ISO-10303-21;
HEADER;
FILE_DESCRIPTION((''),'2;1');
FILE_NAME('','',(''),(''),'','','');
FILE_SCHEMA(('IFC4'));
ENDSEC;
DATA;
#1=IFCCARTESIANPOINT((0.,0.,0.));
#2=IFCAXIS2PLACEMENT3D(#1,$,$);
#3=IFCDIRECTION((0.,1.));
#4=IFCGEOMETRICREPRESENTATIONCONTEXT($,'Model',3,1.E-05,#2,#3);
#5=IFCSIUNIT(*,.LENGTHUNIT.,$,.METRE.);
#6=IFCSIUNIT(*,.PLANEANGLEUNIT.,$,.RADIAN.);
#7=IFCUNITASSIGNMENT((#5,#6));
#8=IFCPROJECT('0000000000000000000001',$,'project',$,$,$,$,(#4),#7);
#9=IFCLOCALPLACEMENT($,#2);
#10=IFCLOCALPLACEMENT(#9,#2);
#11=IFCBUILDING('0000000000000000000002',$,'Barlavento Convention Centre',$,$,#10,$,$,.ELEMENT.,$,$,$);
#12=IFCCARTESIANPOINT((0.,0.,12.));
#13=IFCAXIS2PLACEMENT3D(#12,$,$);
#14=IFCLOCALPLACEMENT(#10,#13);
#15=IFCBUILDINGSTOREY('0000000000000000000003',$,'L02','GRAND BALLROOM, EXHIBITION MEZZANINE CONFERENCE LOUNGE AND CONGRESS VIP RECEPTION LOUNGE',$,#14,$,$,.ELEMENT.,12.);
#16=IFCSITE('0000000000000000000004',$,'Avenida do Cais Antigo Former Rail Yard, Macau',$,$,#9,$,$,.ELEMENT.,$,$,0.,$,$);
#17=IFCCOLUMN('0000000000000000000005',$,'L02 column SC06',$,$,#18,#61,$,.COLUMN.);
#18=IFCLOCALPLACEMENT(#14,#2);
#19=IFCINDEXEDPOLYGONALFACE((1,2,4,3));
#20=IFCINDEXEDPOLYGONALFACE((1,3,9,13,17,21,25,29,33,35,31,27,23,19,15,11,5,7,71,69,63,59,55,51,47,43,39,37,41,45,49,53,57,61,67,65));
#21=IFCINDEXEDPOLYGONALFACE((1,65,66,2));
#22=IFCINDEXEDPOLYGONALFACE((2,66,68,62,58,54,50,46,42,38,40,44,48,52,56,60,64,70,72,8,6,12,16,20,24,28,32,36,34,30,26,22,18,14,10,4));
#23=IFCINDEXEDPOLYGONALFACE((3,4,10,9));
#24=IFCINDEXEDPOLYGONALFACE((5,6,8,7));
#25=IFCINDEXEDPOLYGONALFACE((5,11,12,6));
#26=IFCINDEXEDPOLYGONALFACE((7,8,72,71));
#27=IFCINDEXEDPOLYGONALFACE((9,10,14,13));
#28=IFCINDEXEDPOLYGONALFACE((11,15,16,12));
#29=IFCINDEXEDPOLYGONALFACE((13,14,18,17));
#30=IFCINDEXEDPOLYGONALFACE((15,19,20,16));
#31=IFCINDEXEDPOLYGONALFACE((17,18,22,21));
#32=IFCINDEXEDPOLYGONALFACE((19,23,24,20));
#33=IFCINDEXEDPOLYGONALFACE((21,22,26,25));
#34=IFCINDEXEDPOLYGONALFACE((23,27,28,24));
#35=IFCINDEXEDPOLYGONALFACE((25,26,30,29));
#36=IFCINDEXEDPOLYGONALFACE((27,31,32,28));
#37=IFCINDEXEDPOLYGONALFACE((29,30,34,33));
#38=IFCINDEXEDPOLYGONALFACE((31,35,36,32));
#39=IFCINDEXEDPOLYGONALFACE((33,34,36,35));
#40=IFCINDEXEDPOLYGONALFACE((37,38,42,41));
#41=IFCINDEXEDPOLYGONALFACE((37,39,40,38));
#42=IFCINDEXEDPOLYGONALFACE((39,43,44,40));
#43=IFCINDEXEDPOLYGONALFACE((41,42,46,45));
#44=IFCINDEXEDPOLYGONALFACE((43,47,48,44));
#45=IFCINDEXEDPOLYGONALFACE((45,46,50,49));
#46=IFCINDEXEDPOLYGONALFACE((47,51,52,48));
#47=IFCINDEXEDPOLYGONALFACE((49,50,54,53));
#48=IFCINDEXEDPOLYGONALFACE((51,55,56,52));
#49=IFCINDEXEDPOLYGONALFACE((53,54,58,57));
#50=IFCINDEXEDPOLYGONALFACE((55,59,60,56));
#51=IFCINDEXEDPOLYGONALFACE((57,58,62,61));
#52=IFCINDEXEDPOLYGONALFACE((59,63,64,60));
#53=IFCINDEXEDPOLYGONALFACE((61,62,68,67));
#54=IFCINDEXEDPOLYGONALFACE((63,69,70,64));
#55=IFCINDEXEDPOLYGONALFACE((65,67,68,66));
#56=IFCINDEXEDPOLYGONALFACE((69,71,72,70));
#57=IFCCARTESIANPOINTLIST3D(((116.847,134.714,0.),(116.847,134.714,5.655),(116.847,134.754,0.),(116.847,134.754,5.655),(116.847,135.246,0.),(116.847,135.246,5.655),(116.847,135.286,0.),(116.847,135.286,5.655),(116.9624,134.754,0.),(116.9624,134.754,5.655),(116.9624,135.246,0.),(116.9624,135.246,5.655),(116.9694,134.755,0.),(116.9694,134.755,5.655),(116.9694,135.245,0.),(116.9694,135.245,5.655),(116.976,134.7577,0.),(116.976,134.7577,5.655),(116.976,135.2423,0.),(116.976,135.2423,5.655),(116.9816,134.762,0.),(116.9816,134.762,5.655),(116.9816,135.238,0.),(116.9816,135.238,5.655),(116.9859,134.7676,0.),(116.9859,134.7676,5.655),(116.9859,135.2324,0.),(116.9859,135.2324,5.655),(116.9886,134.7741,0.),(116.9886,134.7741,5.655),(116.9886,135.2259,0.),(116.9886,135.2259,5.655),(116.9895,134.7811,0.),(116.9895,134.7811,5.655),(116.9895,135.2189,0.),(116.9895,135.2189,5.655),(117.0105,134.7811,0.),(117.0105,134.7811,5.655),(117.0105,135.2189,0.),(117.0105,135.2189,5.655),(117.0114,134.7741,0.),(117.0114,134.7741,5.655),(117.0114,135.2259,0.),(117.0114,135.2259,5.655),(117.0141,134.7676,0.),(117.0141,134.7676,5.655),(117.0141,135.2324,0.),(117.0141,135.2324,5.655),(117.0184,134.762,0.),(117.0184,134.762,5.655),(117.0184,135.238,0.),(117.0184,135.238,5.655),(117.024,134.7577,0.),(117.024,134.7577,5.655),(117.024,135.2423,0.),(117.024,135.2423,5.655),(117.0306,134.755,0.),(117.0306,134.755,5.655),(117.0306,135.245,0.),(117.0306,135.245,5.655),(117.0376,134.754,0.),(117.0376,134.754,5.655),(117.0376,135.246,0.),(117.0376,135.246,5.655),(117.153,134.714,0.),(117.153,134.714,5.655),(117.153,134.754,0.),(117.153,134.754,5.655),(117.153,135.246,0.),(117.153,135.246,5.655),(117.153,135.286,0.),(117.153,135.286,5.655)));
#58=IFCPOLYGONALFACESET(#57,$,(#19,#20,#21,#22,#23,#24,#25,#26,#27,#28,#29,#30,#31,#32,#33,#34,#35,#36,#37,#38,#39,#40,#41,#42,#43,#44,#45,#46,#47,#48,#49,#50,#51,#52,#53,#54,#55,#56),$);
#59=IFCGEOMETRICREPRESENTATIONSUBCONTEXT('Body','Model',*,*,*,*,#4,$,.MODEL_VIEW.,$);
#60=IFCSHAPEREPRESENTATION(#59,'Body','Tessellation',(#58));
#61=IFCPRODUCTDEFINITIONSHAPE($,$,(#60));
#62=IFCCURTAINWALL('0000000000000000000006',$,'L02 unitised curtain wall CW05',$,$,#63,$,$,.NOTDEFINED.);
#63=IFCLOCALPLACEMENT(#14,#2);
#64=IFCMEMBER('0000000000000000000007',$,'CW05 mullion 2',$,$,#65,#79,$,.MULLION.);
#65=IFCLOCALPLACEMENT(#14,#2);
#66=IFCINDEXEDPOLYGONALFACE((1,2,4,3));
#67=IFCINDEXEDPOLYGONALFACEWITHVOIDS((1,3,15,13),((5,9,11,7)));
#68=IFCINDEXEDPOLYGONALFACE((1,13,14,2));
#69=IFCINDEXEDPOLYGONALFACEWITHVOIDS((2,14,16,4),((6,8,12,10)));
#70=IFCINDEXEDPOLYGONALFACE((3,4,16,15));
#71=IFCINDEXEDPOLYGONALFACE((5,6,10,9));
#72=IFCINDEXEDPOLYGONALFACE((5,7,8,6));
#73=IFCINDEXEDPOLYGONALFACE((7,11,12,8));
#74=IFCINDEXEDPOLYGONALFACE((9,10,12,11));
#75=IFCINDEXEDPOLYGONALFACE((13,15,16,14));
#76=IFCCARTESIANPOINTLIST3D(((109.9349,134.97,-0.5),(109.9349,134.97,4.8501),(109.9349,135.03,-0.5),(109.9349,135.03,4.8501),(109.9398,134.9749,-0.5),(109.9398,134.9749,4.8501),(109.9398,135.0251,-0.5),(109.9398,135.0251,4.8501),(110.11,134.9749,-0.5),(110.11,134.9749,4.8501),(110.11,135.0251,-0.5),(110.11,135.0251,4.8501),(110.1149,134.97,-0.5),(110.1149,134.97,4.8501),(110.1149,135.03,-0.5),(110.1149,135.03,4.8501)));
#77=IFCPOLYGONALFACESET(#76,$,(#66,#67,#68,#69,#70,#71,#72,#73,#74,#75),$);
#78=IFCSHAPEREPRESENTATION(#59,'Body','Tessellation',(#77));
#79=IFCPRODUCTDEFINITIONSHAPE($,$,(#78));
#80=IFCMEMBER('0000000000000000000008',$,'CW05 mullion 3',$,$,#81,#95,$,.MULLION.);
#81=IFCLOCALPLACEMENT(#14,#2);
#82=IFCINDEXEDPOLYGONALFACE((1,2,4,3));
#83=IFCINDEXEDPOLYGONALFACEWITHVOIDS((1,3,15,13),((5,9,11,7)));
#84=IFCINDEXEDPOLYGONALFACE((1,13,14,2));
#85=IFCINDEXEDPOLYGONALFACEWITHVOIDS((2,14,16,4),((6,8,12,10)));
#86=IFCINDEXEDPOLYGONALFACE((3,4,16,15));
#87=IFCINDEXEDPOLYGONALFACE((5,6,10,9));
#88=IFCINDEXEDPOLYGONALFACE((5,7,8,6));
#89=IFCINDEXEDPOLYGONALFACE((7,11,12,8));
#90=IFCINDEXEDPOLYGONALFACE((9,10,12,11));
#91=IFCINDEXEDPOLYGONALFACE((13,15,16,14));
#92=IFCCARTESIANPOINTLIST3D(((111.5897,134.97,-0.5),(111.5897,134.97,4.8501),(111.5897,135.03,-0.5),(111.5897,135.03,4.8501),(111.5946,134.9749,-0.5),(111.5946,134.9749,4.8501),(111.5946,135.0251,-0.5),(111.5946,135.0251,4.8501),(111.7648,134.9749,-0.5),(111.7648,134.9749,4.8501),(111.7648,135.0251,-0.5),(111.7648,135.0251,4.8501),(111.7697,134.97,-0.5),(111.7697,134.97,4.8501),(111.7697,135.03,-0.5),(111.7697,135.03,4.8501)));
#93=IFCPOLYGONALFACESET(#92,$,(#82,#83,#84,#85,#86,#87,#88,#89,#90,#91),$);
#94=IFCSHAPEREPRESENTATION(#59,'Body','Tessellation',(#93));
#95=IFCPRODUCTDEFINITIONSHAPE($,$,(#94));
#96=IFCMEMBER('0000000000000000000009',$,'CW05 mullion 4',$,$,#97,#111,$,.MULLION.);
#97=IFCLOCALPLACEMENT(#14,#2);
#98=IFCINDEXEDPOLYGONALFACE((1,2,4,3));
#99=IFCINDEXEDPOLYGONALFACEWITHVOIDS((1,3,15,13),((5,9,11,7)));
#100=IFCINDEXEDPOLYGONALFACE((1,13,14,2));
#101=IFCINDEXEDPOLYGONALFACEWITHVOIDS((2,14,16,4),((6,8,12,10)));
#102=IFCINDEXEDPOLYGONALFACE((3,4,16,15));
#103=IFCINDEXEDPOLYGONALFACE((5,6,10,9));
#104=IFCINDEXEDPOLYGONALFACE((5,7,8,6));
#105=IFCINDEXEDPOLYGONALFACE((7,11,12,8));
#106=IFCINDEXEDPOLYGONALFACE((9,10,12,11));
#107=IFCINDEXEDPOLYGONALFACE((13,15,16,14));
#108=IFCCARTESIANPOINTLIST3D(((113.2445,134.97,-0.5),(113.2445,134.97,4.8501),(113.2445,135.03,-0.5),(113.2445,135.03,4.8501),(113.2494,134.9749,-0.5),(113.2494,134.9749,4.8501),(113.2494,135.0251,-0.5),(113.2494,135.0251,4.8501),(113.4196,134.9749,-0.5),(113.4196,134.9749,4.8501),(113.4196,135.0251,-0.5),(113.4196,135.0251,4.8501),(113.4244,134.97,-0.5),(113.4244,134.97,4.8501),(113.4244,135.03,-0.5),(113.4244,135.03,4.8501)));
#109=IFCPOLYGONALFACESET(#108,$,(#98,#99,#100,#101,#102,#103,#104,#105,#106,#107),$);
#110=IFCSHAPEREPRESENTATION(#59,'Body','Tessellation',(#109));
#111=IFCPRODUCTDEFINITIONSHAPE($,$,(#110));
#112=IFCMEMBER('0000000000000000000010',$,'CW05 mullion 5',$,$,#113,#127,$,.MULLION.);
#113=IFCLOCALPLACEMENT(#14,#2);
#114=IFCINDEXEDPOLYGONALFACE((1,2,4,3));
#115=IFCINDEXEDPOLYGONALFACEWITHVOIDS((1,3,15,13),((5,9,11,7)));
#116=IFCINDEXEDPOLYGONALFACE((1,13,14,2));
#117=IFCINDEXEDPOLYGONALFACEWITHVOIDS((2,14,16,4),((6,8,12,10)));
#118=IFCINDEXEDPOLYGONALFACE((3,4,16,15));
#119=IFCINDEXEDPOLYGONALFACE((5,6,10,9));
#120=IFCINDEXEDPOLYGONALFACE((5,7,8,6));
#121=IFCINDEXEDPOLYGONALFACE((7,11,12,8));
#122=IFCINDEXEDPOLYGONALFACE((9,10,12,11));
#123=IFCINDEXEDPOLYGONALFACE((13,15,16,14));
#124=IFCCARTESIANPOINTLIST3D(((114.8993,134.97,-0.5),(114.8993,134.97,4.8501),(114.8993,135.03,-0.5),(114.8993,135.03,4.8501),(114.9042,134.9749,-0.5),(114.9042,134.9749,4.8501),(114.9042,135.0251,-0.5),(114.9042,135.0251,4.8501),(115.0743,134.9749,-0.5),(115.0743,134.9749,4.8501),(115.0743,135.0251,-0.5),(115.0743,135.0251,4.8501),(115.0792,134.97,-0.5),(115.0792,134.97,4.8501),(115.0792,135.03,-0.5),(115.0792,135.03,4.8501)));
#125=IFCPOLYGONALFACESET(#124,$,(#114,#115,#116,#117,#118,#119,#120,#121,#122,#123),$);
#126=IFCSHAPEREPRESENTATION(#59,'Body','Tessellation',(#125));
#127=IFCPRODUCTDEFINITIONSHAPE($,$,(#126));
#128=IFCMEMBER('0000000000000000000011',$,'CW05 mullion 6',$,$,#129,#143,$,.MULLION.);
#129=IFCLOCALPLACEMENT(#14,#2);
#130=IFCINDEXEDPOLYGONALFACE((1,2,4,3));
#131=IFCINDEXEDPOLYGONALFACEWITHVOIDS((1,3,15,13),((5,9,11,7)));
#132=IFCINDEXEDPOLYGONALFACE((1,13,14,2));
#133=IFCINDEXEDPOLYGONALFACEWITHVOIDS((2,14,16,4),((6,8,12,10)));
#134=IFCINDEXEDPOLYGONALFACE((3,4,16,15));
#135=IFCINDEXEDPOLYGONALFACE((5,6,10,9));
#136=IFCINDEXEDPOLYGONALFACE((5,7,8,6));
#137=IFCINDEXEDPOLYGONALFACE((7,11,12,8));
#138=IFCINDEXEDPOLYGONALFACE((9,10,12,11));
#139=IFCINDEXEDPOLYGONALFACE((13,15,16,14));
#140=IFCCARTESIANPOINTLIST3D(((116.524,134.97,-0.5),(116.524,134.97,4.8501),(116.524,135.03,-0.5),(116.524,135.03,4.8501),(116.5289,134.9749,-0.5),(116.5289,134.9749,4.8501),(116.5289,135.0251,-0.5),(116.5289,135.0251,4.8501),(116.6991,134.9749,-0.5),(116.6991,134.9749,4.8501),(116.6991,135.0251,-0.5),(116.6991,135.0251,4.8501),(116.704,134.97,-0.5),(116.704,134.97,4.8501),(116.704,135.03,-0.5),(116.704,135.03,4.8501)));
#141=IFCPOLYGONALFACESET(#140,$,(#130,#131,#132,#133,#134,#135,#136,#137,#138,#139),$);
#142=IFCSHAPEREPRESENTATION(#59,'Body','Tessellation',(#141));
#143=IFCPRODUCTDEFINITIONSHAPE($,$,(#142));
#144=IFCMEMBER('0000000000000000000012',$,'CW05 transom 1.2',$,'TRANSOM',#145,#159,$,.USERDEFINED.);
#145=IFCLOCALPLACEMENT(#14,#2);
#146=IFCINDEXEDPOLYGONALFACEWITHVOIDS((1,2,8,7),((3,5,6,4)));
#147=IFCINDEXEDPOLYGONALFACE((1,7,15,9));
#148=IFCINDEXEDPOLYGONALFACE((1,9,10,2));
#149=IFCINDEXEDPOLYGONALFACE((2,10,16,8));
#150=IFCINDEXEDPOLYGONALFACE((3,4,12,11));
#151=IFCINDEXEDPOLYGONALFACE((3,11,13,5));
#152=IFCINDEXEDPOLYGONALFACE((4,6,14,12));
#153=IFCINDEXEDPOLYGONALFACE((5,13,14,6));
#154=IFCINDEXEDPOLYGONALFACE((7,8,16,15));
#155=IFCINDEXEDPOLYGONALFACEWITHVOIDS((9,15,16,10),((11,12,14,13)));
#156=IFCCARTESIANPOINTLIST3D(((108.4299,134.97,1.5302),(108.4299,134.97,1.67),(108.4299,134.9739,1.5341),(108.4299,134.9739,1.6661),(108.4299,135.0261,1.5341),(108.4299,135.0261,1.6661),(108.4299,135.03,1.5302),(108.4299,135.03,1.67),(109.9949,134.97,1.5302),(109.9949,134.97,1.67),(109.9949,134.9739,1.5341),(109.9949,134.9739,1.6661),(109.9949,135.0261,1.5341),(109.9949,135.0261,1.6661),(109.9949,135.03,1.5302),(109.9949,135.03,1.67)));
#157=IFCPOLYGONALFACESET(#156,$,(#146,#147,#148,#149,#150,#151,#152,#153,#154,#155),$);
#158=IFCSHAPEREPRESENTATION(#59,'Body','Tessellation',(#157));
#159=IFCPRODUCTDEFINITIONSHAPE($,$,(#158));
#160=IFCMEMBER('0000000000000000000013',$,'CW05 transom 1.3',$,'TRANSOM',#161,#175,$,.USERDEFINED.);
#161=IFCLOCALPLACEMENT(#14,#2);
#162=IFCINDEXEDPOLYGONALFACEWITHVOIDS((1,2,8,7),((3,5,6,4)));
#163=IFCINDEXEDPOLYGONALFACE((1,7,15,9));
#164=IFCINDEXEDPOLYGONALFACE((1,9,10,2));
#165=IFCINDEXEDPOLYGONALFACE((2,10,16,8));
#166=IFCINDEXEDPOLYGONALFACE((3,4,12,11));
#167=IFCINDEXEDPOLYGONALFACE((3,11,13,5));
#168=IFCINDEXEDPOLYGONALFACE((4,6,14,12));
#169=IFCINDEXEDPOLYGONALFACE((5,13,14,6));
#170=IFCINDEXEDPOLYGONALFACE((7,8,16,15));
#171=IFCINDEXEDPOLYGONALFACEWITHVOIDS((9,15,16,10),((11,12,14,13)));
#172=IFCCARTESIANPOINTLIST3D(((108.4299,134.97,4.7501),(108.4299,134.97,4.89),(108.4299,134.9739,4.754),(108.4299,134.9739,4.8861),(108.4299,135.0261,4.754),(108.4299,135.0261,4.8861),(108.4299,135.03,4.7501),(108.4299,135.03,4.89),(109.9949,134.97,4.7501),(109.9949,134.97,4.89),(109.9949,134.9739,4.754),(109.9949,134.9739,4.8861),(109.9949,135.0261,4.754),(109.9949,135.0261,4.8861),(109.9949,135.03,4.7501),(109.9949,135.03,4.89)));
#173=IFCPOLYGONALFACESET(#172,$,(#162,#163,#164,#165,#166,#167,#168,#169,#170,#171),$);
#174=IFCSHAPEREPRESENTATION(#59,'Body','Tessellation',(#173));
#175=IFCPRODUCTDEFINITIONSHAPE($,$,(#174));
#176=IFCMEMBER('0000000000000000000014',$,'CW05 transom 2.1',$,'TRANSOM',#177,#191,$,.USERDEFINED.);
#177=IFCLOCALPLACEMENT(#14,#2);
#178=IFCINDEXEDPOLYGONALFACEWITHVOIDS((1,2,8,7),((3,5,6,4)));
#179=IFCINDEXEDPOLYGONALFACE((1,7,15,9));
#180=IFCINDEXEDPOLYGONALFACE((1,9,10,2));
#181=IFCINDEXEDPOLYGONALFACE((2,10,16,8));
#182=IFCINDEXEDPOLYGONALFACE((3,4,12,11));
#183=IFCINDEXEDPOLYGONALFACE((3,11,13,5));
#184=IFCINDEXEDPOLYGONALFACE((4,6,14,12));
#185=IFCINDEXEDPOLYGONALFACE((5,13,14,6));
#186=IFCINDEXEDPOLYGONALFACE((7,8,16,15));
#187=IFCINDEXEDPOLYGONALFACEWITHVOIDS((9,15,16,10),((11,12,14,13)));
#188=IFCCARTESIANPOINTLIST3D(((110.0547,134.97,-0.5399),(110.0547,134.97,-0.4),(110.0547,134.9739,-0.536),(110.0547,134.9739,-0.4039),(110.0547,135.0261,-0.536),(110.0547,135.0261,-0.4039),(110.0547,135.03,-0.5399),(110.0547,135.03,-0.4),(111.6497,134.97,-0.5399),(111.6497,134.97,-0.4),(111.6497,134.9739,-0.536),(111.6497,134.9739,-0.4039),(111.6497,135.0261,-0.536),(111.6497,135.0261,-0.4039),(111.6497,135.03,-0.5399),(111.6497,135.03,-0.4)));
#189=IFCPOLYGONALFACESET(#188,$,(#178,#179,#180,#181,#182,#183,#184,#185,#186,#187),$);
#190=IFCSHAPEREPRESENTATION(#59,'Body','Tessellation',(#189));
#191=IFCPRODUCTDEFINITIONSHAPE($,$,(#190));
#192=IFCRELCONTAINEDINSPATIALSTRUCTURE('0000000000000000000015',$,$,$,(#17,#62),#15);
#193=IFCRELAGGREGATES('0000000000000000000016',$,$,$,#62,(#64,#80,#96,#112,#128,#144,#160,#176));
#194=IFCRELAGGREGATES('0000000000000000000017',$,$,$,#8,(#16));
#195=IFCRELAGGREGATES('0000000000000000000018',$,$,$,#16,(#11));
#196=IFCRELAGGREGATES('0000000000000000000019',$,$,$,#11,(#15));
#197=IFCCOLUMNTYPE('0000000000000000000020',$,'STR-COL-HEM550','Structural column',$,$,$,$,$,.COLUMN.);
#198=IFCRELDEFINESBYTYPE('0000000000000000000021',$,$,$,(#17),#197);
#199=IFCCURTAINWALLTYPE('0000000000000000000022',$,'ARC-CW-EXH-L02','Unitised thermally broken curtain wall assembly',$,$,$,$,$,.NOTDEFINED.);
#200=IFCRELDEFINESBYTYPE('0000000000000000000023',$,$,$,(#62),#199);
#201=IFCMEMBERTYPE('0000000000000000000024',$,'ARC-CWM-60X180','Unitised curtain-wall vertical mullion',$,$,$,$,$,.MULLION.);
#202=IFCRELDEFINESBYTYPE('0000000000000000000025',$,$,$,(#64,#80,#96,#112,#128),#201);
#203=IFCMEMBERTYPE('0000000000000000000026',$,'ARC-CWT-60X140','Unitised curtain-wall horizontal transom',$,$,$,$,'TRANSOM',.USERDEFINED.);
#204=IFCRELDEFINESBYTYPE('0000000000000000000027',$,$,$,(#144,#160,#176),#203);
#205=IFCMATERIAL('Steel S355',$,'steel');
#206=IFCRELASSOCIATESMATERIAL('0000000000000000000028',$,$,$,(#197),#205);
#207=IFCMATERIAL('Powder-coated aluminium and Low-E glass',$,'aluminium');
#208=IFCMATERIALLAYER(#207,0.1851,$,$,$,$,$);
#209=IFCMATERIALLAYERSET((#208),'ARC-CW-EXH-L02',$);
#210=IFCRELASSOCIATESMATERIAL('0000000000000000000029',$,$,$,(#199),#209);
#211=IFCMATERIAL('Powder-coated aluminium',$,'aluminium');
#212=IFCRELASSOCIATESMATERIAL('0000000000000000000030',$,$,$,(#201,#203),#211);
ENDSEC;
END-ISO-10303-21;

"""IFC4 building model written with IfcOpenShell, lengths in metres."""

from ifc_helpers import new_model, si_unit, direction, frame, origin, origin_2d, place, context, subcontext, project, spatial, hollow_rectangle, i_section, extrude, material, layer, layer_set, material_profile, profile_set, type_object, element, aggregate, save


model = new_model("IFC4")

# Units and contexts
model_context = context("Model", 3, precision=1e-05, world=origin(), true_north=direction((0.0, 1.0)))
body_context = subcontext(model_context, "Body", "Model", "MODEL_VIEW")
ifc_project = project(units=[si_unit("LENGTHUNIT", "METRE"), si_unit("PLANEANGLEUNIT", "RADIAN")], contexts=[model_context])

# Site, building, storey
site_placement = place(None, origin())
site = spatial("IfcSite", under=ifc_project, at=site_placement, Name="Avenida do Cais Antigo Former Rail Yard, Macau", CompositionType="ELEMENT", RefElevation=0.0)
building_placement = place(site_placement, origin())
building = spatial("IfcBuilding", under=site, at=building_placement, Name="Barlavento Convention Centre", CompositionType="ELEMENT")
storey_placement = place(building_placement, frame((0.0, 0.0, 12.0)))
storey = spatial("IfcBuildingStorey", under=building, at=storey_placement, Name="L02", Description="GRAND BALLROOM, EXHIBITION MEZZANINE CONFERENCE LOUNGE AND CONGRESS VIP RECEPTION LOUNGE", CompositionType="ELEMENT", Elevation=12.0)

# Column
ifc_material_1 = material(Name="Steel S355", Category="steel")
ifc_material_profile_1 = material_profile(ifc_material_1, i_section(OverallWidth=0.3059, OverallDepth=0.572, WebThickness=0.021, FlangeThickness=0.04, FilletRadius=0.0271, at=origin_2d()), Name="HEM 550")
ifc_profile_set_1 = profile_set([ifc_material_profile_1], Name="Steel S355")
column_type = type_object("IfcColumnType", Name="STR-COL-HEM550", Description="Structural column", PredefinedType="COLUMN", material=ifc_profile_set_1)
column_placement = place(storey_placement, frame((117.0, 135.0, 0.0), z_axis=(0.0, 0.0, 1.0), x_axis=(1.0, 0.0, 0.0)))
element("IfcColumn", 1, at=column_placement, inside=storey, type_object=column_type, Name="L02 column SC06", PredefinedType="COLUMN", context=body_context, shape_type="SweptSolid", body=[
    extrude(i_section(OverallWidth=0.3059, OverallDepth=0.572, WebThickness=0.021, FlangeThickness=0.04, FilletRadius=0.0271, at=origin_2d()), origin(), (0.0, 0.0, 1.0), 5.655),
])

# Curtain wall, members
ifc_material_2 = material(Name="Powder-coated aluminium and Low-E glass", Category="aluminium")
ifc_layer_1 = layer(ifc_material_2, 0.1851)
ifc_layer_set_1 = layer_set([ifc_layer_1], Name="ARC-CW-EXH-L02")
curtain_wall_type = type_object("IfcCurtainWallType", Name="ARC-CW-EXH-L02", Description="Unitised thermally broken curtain wall assembly", PredefinedType="NOTDEFINED", material=ifc_layer_set_1)
curtain_wall_placement = place(storey_placement, origin())
curtain_wall = element("IfcCurtainWall", 2, at=curtain_wall_placement, inside=storey, type_object=curtain_wall_type, Name="L02 unitised curtain wall CW05", PredefinedType="NOTDEFINED")
ifc_material_3 = material(Name="Powder-coated aluminium", Category="aluminium")
ifc_material_profile_2 = material_profile(ifc_material_3, hollow_rectangle(XDim=0.0601, YDim=0.1799, WallThickness=0.0049, at=origin_2d()), Name="AL-MULL 60x180x5")
ifc_profile_set_2 = profile_set([ifc_material_profile_2], Name="Powder-coated aluminium")
member_type_1 = type_object("IfcMemberType", Name="ARC-CWM-60X180", Description="Unitised curtain-wall vertical mullion", PredefinedType="MULLION", material=ifc_profile_set_2)
member_1_placement = place(storey_placement, frame((110.0249, 135.0, -0.5), z_axis=(0.0, 0.0, 1.0), x_axis=(0.0, 1.0, 0.0)))
member_1 = element("IfcMember", 3, at=member_1_placement, type_object=member_type_1, Name="CW05 mullion 2", PredefinedType="MULLION", context=body_context, shape_type="SweptSolid", body=[
    extrude(hollow_rectangle(XDim=0.0601, YDim=0.1799, WallThickness=0.0049, at=origin_2d()), origin(), (0.0, 0.0, 1.0), 5.3501),
])
member_2_placement = place(storey_placement, frame((111.6797, 135.0, -0.5), z_axis=(0.0, 0.0, 1.0), x_axis=(0.0, 1.0, 0.0)))
member_2 = element("IfcMember", 4, at=member_2_placement, type_object=member_type_1, Name="CW05 mullion 3", PredefinedType="MULLION", context=body_context, shape_type="SweptSolid", body=[
    extrude(hollow_rectangle(XDim=0.0601, YDim=0.1799, WallThickness=0.0049, at=origin_2d()), origin(), (0.0, 0.0, 1.0), 5.3501),
])
member_3_placement = place(storey_placement, frame((113.3345, 135.0, -0.5), z_axis=(0.0, 0.0, 1.0), x_axis=(0.0, 1.0, 0.0)))
member_3 = element("IfcMember", 5, at=member_3_placement, type_object=member_type_1, Name="CW05 mullion 4", PredefinedType="MULLION", context=body_context, shape_type="SweptSolid", body=[
    extrude(hollow_rectangle(XDim=0.0601, YDim=0.1799, WallThickness=0.0049, at=origin_2d()), origin(), (0.0, 0.0, 1.0), 5.3501),
])
member_4_placement = place(storey_placement, frame((114.9893, 135.0, -0.5), z_axis=(0.0, 0.0, 1.0), x_axis=(0.0, 1.0, 0.0)))
member_4 = element("IfcMember", 6, at=member_4_placement, type_object=member_type_1, Name="CW05 mullion 5", PredefinedType="MULLION", context=body_context, shape_type="SweptSolid", body=[
    extrude(hollow_rectangle(XDim=0.0601, YDim=0.1799, WallThickness=0.0049, at=origin_2d()), origin(), (0.0, 0.0, 1.0), 5.3501),
])
member_5_placement = place(storey_placement, frame((116.614, 135.0, -0.5), z_axis=(0.0, 0.0, 1.0), x_axis=(0.0, 1.0, 0.0)))
member_5 = element("IfcMember", 7, at=member_5_placement, type_object=member_type_1, Name="CW05 mullion 6", PredefinedType="MULLION", context=body_context, shape_type="SweptSolid", body=[
    extrude(hollow_rectangle(XDim=0.0601, YDim=0.1799, WallThickness=0.0049, at=origin_2d()), origin(), (0.0, 0.0, 1.0), 5.3501),
])
ifc_material_profile_3 = material_profile(ifc_material_3, hollow_rectangle(XDim=0.0601, YDim=0.1399, WallThickness=0.0039, at=origin_2d()), Name="AL-TRAN 60x140x4")
ifc_profile_set_3 = profile_set([ifc_material_profile_3], Name="Powder-coated aluminium")
member_type_2 = type_object("IfcMemberType", Name="ARC-CWT-60X140", Description="Unitised curtain-wall horizontal transom", ElementType="TRANSOM", PredefinedType="USERDEFINED", material=ifc_profile_set_3)
member_6_placement = place(storey_placement, frame((108.4299, 135.0, 1.6001), z_axis=(1.0, 0.0, 0.0), x_axis=(0.0, 1.0, 0.0)))
member_6 = element("IfcMember", 8, at=member_6_placement, type_object=member_type_2, Name="CW05 transom 1.2", ObjectType="TRANSOM", PredefinedType="USERDEFINED", context=body_context, shape_type="SweptSolid", body=[
    extrude(hollow_rectangle(XDim=0.0601, YDim=0.1399, WallThickness=0.0039, at=origin_2d()), origin(), (0.0, 0.0, 1.0), 1.5649),
])
member_7_placement = place(storey_placement, frame((108.4299, 135.0, 4.8201), z_axis=(1.0, 0.0, 0.0), x_axis=(0.0, 1.0, 0.0)))
member_7 = element("IfcMember", 9, at=member_7_placement, type_object=member_type_2, Name="CW05 transom 1.3", ObjectType="TRANSOM", PredefinedType="USERDEFINED", context=body_context, shape_type="SweptSolid", body=[
    extrude(hollow_rectangle(XDim=0.0601, YDim=0.1399, WallThickness=0.0039, at=origin_2d()), origin(), (0.0, 0.0, 1.0), 1.5649),
])
member_8_placement = place(storey_placement, frame((110.0547, 135.0, -0.47), z_axis=(1.0, 0.0, 0.0), x_axis=(0.0, 1.0, 0.0)))
member_8 = element("IfcMember", 10, at=member_8_placement, type_object=member_type_2, Name="CW05 transom 2.1", ObjectType="TRANSOM", PredefinedType="USERDEFINED", context=body_context, shape_type="SweptSolid", body=[
    extrude(hollow_rectangle(XDim=0.0601, YDim=0.1399, WallThickness=0.0039, at=origin_2d()), origin(), (0.0, 0.0, 1.0), 1.595),
])

aggregate(curtain_wall, [member_1, member_2, member_3, member_4, member_5, member_6, member_7, member_8])

save(model, "model.ifc")
